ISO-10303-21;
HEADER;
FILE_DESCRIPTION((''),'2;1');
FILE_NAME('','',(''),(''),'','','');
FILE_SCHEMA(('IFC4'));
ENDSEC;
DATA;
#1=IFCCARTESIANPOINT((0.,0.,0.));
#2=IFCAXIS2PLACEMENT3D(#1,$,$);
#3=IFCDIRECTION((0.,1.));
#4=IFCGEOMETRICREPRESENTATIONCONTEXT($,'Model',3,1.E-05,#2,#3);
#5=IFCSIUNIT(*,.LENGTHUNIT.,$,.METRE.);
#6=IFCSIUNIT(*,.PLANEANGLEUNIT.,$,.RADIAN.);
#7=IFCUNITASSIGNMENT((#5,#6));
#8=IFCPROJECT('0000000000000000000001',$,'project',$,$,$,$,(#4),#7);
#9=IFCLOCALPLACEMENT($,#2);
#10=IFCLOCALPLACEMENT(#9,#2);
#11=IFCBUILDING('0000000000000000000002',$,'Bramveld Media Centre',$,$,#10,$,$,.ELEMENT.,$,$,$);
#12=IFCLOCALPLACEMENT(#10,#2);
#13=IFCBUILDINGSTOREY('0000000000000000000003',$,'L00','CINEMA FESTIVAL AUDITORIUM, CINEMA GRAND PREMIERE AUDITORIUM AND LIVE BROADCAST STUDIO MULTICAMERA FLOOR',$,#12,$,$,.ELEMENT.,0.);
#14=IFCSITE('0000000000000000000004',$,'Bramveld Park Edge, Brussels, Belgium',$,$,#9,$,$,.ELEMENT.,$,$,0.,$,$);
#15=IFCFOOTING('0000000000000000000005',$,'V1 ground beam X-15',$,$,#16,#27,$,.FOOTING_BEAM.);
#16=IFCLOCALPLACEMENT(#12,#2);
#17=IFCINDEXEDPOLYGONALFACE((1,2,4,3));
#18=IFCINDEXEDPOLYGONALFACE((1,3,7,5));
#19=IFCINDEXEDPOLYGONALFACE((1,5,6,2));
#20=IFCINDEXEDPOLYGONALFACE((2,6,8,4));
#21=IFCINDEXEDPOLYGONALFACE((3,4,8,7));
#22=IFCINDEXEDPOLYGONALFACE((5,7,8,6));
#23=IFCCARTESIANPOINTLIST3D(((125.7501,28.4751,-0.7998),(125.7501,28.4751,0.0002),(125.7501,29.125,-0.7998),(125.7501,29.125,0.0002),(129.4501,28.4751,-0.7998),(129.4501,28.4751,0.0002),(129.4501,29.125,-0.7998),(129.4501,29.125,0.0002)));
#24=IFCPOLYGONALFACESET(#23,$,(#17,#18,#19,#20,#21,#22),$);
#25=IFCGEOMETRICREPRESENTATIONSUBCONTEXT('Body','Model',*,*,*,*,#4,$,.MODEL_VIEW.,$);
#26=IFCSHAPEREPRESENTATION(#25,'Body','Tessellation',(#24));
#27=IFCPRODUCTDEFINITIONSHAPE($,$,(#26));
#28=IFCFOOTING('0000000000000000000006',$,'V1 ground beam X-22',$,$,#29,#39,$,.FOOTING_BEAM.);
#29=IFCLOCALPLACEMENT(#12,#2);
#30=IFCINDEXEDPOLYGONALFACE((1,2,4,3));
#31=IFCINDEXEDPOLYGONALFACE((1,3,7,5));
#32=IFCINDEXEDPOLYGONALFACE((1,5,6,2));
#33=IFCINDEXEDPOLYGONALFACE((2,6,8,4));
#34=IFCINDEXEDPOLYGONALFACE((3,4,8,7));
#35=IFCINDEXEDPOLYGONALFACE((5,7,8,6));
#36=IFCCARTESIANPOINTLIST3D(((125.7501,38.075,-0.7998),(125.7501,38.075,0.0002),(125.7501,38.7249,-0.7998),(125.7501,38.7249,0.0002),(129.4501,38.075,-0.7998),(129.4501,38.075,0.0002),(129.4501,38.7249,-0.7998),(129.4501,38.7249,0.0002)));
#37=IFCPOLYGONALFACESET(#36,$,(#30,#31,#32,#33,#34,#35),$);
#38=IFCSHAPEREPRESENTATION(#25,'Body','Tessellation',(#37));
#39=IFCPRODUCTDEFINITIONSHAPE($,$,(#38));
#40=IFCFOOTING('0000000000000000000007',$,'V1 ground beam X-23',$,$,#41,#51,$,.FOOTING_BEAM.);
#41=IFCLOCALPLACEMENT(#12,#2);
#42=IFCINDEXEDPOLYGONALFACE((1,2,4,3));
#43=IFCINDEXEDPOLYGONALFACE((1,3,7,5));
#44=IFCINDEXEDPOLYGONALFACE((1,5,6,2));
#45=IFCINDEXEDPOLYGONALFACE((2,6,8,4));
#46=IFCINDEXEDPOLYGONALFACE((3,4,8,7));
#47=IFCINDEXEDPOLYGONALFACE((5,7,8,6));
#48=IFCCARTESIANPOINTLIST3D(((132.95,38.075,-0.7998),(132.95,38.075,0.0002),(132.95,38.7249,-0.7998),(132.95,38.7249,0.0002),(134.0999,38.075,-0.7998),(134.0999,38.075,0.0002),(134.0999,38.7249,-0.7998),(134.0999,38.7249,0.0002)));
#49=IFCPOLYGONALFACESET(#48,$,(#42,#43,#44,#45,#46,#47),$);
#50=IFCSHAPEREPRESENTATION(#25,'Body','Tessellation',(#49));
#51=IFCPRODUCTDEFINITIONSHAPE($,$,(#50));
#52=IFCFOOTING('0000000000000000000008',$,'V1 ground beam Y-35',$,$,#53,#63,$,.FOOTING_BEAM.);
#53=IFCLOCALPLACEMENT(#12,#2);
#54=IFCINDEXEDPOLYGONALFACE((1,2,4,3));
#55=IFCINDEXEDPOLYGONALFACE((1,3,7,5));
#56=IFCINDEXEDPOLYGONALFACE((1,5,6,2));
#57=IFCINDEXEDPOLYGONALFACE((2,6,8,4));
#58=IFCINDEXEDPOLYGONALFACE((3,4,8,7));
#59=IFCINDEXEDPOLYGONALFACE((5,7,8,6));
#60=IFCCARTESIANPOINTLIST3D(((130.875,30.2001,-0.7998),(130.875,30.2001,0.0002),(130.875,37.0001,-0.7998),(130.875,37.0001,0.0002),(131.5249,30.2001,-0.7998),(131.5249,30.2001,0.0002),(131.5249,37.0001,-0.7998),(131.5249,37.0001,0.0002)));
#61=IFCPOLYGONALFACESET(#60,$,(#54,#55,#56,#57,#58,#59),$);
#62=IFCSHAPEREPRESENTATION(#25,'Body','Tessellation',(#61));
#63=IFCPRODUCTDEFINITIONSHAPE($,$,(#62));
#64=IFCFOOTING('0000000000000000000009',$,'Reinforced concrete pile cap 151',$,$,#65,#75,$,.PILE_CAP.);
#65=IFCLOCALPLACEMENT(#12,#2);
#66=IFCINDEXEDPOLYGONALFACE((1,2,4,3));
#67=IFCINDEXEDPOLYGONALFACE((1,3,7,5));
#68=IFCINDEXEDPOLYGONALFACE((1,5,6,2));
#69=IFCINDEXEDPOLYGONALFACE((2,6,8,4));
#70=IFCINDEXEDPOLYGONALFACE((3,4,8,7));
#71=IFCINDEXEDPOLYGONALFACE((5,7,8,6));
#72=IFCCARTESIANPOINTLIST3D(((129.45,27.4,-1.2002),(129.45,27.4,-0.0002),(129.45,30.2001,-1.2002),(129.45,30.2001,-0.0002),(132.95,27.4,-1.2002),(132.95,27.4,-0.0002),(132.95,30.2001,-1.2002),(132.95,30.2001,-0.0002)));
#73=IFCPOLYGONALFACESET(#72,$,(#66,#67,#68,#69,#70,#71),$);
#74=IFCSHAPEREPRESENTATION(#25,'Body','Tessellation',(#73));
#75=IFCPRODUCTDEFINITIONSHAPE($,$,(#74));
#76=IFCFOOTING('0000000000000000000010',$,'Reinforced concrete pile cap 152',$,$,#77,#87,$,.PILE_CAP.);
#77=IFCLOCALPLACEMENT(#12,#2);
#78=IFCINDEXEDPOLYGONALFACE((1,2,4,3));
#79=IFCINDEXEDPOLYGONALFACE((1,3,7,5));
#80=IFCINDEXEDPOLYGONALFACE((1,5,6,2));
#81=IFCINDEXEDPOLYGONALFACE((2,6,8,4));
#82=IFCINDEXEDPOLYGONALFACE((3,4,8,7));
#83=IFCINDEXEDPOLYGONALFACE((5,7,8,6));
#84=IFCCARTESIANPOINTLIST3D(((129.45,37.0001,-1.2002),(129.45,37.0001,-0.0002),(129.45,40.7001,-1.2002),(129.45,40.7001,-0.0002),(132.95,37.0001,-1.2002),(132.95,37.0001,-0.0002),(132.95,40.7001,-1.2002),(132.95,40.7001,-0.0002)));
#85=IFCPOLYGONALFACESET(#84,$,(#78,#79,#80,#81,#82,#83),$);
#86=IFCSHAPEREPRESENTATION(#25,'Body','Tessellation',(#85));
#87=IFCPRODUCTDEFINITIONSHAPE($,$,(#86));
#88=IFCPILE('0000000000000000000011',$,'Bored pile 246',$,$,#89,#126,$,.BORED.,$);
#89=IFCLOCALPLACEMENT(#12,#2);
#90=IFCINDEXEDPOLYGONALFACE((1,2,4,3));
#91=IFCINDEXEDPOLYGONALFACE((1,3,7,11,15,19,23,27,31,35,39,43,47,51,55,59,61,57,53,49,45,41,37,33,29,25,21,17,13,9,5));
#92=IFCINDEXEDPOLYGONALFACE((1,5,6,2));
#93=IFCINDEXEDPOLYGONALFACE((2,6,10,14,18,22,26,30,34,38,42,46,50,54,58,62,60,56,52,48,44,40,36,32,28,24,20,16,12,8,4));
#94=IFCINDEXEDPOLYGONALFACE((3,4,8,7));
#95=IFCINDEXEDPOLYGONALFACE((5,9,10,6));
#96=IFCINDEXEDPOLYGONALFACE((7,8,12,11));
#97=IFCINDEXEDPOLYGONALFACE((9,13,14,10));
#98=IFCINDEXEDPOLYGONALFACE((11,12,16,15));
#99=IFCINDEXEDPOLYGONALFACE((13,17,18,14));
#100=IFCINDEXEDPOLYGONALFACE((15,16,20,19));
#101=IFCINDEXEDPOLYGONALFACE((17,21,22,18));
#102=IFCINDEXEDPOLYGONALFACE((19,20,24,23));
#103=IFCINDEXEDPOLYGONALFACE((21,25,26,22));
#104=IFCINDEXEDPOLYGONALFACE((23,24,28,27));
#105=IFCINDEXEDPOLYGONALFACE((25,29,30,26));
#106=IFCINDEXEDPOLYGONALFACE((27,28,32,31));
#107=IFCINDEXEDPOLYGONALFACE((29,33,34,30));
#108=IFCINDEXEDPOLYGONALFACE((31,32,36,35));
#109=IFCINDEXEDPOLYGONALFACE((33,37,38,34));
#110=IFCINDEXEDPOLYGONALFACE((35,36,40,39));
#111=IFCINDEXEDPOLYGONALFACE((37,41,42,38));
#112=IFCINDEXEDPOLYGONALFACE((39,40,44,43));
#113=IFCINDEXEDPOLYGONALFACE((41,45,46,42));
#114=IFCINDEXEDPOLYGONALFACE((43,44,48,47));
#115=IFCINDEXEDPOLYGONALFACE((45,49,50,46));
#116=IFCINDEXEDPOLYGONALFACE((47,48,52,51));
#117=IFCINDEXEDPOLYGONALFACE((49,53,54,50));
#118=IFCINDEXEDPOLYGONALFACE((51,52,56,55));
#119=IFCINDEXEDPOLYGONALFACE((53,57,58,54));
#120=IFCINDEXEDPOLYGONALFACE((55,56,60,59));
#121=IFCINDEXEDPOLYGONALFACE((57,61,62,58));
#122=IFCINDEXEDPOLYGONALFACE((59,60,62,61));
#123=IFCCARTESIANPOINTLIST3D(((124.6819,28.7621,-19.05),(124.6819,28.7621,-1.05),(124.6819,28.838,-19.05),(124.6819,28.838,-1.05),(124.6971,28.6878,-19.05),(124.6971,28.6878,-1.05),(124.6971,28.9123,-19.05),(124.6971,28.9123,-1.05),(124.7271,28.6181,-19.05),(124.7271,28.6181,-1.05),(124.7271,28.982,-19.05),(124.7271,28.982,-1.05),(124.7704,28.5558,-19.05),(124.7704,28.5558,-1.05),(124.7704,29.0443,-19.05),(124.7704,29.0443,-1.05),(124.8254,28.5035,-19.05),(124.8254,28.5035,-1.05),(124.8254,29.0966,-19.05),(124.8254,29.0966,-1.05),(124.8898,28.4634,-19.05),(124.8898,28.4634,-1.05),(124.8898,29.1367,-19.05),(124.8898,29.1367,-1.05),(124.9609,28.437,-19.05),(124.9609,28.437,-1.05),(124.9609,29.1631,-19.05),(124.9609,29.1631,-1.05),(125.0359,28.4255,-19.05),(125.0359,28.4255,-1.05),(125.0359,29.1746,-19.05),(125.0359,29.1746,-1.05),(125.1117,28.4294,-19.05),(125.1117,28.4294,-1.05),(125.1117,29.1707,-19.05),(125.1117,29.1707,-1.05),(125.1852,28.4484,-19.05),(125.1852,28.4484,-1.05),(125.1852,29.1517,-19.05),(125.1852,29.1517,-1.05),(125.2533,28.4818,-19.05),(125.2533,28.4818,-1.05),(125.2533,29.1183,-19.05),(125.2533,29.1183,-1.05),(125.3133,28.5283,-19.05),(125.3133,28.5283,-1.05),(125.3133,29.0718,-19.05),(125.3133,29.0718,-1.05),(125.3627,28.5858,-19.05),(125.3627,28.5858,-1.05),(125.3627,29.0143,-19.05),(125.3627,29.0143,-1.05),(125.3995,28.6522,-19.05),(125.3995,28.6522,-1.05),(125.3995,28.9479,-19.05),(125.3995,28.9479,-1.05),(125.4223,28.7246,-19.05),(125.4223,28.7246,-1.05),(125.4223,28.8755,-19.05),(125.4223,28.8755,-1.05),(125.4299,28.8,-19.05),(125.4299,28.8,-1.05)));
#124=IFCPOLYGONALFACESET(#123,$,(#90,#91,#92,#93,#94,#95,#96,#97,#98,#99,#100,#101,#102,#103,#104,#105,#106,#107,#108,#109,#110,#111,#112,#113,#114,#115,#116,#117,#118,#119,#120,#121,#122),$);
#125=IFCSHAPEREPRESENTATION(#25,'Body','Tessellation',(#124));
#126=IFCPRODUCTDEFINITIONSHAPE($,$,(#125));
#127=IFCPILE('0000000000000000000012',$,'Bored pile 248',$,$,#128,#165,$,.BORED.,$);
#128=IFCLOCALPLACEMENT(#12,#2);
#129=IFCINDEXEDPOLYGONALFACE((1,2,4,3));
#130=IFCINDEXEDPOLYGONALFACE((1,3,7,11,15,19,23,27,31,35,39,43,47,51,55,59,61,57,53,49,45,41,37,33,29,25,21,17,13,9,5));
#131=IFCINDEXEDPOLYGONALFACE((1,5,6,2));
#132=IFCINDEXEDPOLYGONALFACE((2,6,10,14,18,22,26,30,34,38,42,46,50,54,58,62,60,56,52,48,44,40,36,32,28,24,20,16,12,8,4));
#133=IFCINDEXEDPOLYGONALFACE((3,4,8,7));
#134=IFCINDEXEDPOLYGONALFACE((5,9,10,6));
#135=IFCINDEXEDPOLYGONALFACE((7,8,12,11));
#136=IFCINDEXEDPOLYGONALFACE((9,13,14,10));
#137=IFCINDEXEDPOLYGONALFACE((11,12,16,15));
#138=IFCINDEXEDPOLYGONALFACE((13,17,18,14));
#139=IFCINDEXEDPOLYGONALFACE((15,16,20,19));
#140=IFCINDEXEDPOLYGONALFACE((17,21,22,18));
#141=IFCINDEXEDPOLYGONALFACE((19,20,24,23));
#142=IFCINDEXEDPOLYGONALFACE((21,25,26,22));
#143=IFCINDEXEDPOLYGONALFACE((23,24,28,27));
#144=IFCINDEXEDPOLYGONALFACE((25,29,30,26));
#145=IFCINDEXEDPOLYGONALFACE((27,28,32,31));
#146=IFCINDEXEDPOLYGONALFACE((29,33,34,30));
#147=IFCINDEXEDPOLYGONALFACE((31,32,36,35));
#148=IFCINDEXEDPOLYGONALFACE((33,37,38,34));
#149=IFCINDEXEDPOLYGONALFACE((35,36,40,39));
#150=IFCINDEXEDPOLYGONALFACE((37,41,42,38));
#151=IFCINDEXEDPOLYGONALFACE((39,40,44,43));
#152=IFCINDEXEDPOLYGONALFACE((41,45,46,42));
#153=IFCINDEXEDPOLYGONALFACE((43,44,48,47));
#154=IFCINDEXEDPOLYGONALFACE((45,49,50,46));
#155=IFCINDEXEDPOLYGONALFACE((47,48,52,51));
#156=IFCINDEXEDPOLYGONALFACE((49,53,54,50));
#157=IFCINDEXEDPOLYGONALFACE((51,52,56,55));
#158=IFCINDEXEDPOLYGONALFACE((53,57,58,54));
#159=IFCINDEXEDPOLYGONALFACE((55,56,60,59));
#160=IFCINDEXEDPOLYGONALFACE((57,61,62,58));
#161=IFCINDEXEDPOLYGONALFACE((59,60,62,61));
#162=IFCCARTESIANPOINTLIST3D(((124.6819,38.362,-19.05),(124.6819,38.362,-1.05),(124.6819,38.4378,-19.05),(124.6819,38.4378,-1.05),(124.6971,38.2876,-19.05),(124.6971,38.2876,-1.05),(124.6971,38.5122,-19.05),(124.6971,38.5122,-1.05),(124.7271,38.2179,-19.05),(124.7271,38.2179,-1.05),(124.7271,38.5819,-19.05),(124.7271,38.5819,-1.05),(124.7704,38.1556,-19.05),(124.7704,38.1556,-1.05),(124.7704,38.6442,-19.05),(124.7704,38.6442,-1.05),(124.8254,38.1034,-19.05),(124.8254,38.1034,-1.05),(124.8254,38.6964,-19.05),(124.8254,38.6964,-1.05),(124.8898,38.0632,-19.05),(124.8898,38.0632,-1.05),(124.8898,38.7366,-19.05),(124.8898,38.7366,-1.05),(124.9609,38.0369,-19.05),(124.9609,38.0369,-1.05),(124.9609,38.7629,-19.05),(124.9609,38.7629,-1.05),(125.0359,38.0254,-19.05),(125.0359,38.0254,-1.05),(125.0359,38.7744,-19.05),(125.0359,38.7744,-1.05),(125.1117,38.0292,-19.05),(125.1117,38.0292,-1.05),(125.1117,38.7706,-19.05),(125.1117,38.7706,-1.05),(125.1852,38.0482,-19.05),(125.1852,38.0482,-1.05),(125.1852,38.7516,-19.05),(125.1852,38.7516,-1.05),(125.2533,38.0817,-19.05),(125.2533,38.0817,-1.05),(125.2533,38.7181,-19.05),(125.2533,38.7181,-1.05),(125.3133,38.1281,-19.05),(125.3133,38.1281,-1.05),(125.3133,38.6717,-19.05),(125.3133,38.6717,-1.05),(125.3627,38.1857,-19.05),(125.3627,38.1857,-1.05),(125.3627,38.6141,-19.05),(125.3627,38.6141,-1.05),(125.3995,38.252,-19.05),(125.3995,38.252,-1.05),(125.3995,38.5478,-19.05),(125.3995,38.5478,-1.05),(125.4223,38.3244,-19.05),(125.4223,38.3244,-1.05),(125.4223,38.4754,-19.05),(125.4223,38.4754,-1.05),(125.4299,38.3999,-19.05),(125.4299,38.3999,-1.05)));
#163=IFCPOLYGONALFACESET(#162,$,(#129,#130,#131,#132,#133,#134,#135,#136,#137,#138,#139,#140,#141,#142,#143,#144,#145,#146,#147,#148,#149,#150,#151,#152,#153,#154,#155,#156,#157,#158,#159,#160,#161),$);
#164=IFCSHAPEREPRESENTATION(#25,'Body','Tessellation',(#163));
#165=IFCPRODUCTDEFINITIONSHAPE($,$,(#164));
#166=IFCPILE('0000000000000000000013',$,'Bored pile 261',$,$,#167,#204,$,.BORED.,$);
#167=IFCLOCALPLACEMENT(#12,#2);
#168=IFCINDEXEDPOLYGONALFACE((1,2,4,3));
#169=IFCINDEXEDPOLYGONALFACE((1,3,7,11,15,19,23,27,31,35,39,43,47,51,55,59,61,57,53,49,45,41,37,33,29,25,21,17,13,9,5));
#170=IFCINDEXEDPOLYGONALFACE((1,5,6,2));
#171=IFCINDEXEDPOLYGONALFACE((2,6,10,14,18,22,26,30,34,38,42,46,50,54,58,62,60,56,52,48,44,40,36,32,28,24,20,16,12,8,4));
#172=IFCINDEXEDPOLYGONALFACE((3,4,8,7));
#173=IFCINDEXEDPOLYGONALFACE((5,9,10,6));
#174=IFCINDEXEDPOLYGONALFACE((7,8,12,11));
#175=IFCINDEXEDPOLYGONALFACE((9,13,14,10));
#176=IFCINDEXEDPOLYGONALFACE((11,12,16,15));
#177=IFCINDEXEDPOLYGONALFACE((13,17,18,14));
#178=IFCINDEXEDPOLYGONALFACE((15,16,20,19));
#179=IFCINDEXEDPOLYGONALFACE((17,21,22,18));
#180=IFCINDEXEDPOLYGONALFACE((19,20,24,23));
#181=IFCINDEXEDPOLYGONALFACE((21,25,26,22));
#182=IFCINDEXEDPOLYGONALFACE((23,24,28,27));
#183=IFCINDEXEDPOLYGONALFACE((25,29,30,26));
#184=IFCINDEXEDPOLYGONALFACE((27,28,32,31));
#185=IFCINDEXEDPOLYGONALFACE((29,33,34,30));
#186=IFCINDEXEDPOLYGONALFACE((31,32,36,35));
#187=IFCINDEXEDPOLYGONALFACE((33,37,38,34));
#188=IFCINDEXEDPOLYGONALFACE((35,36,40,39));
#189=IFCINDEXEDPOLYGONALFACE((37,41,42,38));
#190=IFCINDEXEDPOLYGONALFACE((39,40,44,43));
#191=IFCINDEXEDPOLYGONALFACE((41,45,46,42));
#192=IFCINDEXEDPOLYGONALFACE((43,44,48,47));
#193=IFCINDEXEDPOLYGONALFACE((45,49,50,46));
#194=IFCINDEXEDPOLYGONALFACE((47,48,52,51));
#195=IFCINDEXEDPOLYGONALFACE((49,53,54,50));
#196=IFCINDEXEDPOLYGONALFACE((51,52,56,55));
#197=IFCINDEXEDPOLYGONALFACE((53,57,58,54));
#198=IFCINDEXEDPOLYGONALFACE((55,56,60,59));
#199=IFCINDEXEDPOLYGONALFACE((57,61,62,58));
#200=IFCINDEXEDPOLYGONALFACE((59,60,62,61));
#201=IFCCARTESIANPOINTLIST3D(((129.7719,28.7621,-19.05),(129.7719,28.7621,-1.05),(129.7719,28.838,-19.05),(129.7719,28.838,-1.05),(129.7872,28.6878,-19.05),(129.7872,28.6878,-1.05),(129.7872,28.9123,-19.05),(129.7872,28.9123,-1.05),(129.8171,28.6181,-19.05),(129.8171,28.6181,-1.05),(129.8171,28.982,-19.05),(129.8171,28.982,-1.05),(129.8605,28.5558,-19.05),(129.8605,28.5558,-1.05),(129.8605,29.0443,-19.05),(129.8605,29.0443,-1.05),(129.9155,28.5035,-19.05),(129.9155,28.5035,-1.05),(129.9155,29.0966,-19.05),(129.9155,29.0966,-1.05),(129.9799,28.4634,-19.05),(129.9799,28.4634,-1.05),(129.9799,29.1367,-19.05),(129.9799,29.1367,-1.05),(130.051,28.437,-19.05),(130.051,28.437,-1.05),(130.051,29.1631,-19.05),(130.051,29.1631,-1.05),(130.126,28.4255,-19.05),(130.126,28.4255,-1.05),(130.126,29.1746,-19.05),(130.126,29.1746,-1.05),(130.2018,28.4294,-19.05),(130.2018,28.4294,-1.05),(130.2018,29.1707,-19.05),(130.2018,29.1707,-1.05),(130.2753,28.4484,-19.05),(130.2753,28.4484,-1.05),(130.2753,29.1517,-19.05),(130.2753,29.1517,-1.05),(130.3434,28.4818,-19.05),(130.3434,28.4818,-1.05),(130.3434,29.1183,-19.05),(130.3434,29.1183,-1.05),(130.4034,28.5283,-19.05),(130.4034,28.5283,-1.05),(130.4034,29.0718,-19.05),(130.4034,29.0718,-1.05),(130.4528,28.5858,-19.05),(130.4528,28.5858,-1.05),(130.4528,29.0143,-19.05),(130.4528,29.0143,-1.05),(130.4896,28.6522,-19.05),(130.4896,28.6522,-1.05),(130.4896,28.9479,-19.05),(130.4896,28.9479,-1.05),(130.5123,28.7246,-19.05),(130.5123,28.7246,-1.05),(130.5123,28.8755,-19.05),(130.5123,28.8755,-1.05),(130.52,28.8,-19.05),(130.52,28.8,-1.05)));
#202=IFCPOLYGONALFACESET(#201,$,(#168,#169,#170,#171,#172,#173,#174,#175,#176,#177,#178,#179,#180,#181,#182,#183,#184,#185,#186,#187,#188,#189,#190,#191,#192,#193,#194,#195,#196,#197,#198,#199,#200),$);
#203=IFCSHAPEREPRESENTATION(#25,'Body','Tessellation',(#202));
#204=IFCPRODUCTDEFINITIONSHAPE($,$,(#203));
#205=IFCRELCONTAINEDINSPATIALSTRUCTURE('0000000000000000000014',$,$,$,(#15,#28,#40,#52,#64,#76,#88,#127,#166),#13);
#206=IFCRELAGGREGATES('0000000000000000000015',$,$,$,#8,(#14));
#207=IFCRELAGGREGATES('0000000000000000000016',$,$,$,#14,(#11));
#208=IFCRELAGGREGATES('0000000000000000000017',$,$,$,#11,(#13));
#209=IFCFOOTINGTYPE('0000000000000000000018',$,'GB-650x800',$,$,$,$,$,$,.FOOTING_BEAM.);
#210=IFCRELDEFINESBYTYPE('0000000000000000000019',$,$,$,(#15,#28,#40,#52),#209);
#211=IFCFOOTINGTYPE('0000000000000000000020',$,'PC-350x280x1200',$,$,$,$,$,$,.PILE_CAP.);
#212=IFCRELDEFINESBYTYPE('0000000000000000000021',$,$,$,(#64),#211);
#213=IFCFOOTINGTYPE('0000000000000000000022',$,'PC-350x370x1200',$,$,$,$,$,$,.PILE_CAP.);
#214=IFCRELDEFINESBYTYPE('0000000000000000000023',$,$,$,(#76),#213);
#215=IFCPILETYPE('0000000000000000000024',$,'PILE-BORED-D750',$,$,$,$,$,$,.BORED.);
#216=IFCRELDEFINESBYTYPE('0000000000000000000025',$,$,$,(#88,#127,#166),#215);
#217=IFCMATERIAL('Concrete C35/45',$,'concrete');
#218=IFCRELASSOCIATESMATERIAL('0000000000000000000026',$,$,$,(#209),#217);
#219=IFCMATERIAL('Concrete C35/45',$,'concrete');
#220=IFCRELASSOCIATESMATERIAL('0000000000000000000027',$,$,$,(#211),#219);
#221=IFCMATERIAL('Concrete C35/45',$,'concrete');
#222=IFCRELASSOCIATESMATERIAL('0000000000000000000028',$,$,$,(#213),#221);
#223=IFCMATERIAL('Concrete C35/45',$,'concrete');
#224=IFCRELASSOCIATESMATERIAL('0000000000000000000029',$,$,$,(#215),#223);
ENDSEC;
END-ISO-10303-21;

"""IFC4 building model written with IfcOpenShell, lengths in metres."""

from ifc_helpers import new_model, si_unit, direction, frame, origin, origin_2d, place, context, subcontext, project, spatial, rectangle, circle, extrude, material, material_profile, profile_set, type_object, element, save


model = new_model("IFC4")

# Units and contexts
model_context = context("Model", 3, precision=1e-05, world=origin(), true_north=direction((0.0, 1.0)))
body_context = subcontext(model_context, "Body", "Model", "MODEL_VIEW")
ifc_project = project(units=[si_unit("LENGTHUNIT", "METRE"), si_unit("PLANEANGLEUNIT", "RADIAN")], contexts=[model_context])

# Site, building, storey
site_placement = place(None, origin())
site = spatial("IfcSite", under=ifc_project, at=site_placement, Name="Bramveld Park Edge, Brussels, Belgium", CompositionType="ELEMENT", RefElevation=0.0)
building_placement = place(site_placement, origin())
building = spatial("IfcBuilding", under=site, at=building_placement, Name="Bramveld Media Centre", CompositionType="ELEMENT")
storey_placement = place(building_placement, origin())
storey = spatial("IfcBuildingStorey", under=building, at=storey_placement, Name="L00", Description="CINEMA FESTIVAL AUDITORIUM, CINEMA GRAND PREMIERE AUDITORIUM AND LIVE BROADCAST STUDIO MULTICAMERA FLOOR", CompositionType="ELEMENT", Elevation=0.0)

# Footings
ifc_material_1 = material(Name="Concrete C35/45", Category="concrete")
footing_type_1 = type_object("IfcFootingType", Name="GB-650x800", PredefinedType="FOOTING_BEAM", material=ifc_material_1)
for number, where, z_axis, x_axis, name in (
    (1, (127.6001, 28.8, -0.7998), (0.0, 0.0, 1.0), (1.0, 0.0, 0.0), "V1 ground beam X-15"),
    (2, (127.6001, 38.3999, -0.7998), (0.0, 0.0, 1.0), (1.0, 0.0, 0.0), "V1 ground beam X-22"),
):
    element("IfcFooting", number, at=place(storey_placement, frame(where, z_axis=z_axis, x_axis=x_axis)), inside=storey, type_object=footing_type_1, Name=name, PredefinedType="FOOTING_BEAM", context=body_context, shape_type="SweptSolid", body=[
        extrude(rectangle(XDim=3.7, YDim=0.6499, at=origin_2d()), origin(), (0.0, 0.0, 1.0), 0.8),
    ])
footing_1_placement = place(storey_placement, frame((133.5249, 38.3999, -0.7998), z_axis=(0.0, 0.0, 1.0), x_axis=(1.0, 0.0, 0.0)))
element("IfcFooting", 3, at=footing_1_placement, inside=storey, type_object=footing_type_1, Name="V1 ground beam X-23", PredefinedType="FOOTING_BEAM", context=body_context, shape_type="SweptSolid", body=[
    extrude(rectangle(XDim=1.1499, YDim=0.6499, at=origin_2d()), origin(), (0.0, 0.0, 1.0), 0.8),
])
footing_2_placement = place(storey_placement, frame((131.2, 33.6001, -0.7998), z_axis=(0.0, 0.0, 1.0), x_axis=(1.0, 0.0, 0.0)))
element("IfcFooting", 4, at=footing_2_placement, inside=storey, type_object=footing_type_1, Name="V1 ground beam Y-35", PredefinedType="FOOTING_BEAM", context=body_context, shape_type="SweptSolid", body=[
    extrude(rectangle(XDim=0.6499, YDim=6.8, at=origin_2d()), origin(), (0.0, 0.0, 1.0), 0.8),
])
ifc_material_2 = material(Name="Concrete C35/45", Category="concrete")
footing_type_2 = type_object("IfcFootingType", Name="PC-350x280x1200", PredefinedType="PILE_CAP", material=ifc_material_2)
footing_3_placement = place(storey_placement, frame((131.2, 28.8, -1.2002), z_axis=(0.0, 0.0, 1.0), x_axis=(1.0, 0.0, 0.0)))
element("IfcFooting", 5, at=footing_3_placement, inside=storey, type_object=footing_type_2, Name="Reinforced concrete pile cap 151", PredefinedType="PILE_CAP", context=body_context, shape_type="SweptSolid", body=[
    extrude(rectangle(XDim=3.5, YDim=2.8, at=origin_2d()), origin(), (0.0, 0.0, 1.0), 1.2),
])
ifc_material_3 = material(Name="Concrete C35/45", Category="concrete")
footing_type_3 = type_object("IfcFootingType", Name="PC-350x370x1200", PredefinedType="PILE_CAP", material=ifc_material_3)
footing_4_placement = place(storey_placement, frame((131.2, 38.8501, -1.2002), z_axis=(0.0, 0.0, 1.0), x_axis=(1.0, 0.0, 0.0)))
element("IfcFooting", 6, at=footing_4_placement, inside=storey, type_object=footing_type_3, Name="Reinforced concrete pile cap 152", PredefinedType="PILE_CAP", context=body_context, shape_type="SweptSolid", body=[
    extrude(rectangle(XDim=3.5, YDim=3.7, at=origin_2d()), origin(), (0.0, 0.0, 1.0), 1.2),
])

# Piles
ifc_material_4 = material(Name="Concrete C35/45", Category="concrete")
ifc_material_profile_1 = material_profile(ifc_material_4, circle(Radius=0.375, at=origin_2d()), Name="BORED D750")
ifc_profile_set_1 = profile_set([ifc_material_profile_1], Name="Concrete C35/45")
pile_type_1 = type_object("IfcPileType", Name="PILE-BORED-D750", PredefinedType="BORED", material=ifc_profile_set_1)
for number, where, z_axis, x_axis, name in (
    (7, (125.0549, 28.8, -1.05), (0.0, 0.0, -1.0), (1.0, 0.0, 0.0), "Bored pile 246"),
    (8, (125.0549, 38.3999, -1.05), (0.0, 0.0, -1.0), (1.0, 0.0, 0.0), "Bored pile 248"),
    (9, (130.145, 28.8, -1.05), (0.0, 0.0, -1.0), (1.0, 0.0, 0.0), "Bored pile 261"),
):
    element("IfcPile", number, at=place(storey_placement, frame(where, z_axis=z_axis, x_axis=x_axis)), inside=storey, type_object=pile_type_1, Name=name, PredefinedType="BORED", context=body_context, shape_type="SweptSolid", body=[
        extrude(circle(Radius=0.375, at=origin_2d()), origin(), (0.0, 0.0, 1.0), 18.0),
    ])

save(model, "model.ifc")
